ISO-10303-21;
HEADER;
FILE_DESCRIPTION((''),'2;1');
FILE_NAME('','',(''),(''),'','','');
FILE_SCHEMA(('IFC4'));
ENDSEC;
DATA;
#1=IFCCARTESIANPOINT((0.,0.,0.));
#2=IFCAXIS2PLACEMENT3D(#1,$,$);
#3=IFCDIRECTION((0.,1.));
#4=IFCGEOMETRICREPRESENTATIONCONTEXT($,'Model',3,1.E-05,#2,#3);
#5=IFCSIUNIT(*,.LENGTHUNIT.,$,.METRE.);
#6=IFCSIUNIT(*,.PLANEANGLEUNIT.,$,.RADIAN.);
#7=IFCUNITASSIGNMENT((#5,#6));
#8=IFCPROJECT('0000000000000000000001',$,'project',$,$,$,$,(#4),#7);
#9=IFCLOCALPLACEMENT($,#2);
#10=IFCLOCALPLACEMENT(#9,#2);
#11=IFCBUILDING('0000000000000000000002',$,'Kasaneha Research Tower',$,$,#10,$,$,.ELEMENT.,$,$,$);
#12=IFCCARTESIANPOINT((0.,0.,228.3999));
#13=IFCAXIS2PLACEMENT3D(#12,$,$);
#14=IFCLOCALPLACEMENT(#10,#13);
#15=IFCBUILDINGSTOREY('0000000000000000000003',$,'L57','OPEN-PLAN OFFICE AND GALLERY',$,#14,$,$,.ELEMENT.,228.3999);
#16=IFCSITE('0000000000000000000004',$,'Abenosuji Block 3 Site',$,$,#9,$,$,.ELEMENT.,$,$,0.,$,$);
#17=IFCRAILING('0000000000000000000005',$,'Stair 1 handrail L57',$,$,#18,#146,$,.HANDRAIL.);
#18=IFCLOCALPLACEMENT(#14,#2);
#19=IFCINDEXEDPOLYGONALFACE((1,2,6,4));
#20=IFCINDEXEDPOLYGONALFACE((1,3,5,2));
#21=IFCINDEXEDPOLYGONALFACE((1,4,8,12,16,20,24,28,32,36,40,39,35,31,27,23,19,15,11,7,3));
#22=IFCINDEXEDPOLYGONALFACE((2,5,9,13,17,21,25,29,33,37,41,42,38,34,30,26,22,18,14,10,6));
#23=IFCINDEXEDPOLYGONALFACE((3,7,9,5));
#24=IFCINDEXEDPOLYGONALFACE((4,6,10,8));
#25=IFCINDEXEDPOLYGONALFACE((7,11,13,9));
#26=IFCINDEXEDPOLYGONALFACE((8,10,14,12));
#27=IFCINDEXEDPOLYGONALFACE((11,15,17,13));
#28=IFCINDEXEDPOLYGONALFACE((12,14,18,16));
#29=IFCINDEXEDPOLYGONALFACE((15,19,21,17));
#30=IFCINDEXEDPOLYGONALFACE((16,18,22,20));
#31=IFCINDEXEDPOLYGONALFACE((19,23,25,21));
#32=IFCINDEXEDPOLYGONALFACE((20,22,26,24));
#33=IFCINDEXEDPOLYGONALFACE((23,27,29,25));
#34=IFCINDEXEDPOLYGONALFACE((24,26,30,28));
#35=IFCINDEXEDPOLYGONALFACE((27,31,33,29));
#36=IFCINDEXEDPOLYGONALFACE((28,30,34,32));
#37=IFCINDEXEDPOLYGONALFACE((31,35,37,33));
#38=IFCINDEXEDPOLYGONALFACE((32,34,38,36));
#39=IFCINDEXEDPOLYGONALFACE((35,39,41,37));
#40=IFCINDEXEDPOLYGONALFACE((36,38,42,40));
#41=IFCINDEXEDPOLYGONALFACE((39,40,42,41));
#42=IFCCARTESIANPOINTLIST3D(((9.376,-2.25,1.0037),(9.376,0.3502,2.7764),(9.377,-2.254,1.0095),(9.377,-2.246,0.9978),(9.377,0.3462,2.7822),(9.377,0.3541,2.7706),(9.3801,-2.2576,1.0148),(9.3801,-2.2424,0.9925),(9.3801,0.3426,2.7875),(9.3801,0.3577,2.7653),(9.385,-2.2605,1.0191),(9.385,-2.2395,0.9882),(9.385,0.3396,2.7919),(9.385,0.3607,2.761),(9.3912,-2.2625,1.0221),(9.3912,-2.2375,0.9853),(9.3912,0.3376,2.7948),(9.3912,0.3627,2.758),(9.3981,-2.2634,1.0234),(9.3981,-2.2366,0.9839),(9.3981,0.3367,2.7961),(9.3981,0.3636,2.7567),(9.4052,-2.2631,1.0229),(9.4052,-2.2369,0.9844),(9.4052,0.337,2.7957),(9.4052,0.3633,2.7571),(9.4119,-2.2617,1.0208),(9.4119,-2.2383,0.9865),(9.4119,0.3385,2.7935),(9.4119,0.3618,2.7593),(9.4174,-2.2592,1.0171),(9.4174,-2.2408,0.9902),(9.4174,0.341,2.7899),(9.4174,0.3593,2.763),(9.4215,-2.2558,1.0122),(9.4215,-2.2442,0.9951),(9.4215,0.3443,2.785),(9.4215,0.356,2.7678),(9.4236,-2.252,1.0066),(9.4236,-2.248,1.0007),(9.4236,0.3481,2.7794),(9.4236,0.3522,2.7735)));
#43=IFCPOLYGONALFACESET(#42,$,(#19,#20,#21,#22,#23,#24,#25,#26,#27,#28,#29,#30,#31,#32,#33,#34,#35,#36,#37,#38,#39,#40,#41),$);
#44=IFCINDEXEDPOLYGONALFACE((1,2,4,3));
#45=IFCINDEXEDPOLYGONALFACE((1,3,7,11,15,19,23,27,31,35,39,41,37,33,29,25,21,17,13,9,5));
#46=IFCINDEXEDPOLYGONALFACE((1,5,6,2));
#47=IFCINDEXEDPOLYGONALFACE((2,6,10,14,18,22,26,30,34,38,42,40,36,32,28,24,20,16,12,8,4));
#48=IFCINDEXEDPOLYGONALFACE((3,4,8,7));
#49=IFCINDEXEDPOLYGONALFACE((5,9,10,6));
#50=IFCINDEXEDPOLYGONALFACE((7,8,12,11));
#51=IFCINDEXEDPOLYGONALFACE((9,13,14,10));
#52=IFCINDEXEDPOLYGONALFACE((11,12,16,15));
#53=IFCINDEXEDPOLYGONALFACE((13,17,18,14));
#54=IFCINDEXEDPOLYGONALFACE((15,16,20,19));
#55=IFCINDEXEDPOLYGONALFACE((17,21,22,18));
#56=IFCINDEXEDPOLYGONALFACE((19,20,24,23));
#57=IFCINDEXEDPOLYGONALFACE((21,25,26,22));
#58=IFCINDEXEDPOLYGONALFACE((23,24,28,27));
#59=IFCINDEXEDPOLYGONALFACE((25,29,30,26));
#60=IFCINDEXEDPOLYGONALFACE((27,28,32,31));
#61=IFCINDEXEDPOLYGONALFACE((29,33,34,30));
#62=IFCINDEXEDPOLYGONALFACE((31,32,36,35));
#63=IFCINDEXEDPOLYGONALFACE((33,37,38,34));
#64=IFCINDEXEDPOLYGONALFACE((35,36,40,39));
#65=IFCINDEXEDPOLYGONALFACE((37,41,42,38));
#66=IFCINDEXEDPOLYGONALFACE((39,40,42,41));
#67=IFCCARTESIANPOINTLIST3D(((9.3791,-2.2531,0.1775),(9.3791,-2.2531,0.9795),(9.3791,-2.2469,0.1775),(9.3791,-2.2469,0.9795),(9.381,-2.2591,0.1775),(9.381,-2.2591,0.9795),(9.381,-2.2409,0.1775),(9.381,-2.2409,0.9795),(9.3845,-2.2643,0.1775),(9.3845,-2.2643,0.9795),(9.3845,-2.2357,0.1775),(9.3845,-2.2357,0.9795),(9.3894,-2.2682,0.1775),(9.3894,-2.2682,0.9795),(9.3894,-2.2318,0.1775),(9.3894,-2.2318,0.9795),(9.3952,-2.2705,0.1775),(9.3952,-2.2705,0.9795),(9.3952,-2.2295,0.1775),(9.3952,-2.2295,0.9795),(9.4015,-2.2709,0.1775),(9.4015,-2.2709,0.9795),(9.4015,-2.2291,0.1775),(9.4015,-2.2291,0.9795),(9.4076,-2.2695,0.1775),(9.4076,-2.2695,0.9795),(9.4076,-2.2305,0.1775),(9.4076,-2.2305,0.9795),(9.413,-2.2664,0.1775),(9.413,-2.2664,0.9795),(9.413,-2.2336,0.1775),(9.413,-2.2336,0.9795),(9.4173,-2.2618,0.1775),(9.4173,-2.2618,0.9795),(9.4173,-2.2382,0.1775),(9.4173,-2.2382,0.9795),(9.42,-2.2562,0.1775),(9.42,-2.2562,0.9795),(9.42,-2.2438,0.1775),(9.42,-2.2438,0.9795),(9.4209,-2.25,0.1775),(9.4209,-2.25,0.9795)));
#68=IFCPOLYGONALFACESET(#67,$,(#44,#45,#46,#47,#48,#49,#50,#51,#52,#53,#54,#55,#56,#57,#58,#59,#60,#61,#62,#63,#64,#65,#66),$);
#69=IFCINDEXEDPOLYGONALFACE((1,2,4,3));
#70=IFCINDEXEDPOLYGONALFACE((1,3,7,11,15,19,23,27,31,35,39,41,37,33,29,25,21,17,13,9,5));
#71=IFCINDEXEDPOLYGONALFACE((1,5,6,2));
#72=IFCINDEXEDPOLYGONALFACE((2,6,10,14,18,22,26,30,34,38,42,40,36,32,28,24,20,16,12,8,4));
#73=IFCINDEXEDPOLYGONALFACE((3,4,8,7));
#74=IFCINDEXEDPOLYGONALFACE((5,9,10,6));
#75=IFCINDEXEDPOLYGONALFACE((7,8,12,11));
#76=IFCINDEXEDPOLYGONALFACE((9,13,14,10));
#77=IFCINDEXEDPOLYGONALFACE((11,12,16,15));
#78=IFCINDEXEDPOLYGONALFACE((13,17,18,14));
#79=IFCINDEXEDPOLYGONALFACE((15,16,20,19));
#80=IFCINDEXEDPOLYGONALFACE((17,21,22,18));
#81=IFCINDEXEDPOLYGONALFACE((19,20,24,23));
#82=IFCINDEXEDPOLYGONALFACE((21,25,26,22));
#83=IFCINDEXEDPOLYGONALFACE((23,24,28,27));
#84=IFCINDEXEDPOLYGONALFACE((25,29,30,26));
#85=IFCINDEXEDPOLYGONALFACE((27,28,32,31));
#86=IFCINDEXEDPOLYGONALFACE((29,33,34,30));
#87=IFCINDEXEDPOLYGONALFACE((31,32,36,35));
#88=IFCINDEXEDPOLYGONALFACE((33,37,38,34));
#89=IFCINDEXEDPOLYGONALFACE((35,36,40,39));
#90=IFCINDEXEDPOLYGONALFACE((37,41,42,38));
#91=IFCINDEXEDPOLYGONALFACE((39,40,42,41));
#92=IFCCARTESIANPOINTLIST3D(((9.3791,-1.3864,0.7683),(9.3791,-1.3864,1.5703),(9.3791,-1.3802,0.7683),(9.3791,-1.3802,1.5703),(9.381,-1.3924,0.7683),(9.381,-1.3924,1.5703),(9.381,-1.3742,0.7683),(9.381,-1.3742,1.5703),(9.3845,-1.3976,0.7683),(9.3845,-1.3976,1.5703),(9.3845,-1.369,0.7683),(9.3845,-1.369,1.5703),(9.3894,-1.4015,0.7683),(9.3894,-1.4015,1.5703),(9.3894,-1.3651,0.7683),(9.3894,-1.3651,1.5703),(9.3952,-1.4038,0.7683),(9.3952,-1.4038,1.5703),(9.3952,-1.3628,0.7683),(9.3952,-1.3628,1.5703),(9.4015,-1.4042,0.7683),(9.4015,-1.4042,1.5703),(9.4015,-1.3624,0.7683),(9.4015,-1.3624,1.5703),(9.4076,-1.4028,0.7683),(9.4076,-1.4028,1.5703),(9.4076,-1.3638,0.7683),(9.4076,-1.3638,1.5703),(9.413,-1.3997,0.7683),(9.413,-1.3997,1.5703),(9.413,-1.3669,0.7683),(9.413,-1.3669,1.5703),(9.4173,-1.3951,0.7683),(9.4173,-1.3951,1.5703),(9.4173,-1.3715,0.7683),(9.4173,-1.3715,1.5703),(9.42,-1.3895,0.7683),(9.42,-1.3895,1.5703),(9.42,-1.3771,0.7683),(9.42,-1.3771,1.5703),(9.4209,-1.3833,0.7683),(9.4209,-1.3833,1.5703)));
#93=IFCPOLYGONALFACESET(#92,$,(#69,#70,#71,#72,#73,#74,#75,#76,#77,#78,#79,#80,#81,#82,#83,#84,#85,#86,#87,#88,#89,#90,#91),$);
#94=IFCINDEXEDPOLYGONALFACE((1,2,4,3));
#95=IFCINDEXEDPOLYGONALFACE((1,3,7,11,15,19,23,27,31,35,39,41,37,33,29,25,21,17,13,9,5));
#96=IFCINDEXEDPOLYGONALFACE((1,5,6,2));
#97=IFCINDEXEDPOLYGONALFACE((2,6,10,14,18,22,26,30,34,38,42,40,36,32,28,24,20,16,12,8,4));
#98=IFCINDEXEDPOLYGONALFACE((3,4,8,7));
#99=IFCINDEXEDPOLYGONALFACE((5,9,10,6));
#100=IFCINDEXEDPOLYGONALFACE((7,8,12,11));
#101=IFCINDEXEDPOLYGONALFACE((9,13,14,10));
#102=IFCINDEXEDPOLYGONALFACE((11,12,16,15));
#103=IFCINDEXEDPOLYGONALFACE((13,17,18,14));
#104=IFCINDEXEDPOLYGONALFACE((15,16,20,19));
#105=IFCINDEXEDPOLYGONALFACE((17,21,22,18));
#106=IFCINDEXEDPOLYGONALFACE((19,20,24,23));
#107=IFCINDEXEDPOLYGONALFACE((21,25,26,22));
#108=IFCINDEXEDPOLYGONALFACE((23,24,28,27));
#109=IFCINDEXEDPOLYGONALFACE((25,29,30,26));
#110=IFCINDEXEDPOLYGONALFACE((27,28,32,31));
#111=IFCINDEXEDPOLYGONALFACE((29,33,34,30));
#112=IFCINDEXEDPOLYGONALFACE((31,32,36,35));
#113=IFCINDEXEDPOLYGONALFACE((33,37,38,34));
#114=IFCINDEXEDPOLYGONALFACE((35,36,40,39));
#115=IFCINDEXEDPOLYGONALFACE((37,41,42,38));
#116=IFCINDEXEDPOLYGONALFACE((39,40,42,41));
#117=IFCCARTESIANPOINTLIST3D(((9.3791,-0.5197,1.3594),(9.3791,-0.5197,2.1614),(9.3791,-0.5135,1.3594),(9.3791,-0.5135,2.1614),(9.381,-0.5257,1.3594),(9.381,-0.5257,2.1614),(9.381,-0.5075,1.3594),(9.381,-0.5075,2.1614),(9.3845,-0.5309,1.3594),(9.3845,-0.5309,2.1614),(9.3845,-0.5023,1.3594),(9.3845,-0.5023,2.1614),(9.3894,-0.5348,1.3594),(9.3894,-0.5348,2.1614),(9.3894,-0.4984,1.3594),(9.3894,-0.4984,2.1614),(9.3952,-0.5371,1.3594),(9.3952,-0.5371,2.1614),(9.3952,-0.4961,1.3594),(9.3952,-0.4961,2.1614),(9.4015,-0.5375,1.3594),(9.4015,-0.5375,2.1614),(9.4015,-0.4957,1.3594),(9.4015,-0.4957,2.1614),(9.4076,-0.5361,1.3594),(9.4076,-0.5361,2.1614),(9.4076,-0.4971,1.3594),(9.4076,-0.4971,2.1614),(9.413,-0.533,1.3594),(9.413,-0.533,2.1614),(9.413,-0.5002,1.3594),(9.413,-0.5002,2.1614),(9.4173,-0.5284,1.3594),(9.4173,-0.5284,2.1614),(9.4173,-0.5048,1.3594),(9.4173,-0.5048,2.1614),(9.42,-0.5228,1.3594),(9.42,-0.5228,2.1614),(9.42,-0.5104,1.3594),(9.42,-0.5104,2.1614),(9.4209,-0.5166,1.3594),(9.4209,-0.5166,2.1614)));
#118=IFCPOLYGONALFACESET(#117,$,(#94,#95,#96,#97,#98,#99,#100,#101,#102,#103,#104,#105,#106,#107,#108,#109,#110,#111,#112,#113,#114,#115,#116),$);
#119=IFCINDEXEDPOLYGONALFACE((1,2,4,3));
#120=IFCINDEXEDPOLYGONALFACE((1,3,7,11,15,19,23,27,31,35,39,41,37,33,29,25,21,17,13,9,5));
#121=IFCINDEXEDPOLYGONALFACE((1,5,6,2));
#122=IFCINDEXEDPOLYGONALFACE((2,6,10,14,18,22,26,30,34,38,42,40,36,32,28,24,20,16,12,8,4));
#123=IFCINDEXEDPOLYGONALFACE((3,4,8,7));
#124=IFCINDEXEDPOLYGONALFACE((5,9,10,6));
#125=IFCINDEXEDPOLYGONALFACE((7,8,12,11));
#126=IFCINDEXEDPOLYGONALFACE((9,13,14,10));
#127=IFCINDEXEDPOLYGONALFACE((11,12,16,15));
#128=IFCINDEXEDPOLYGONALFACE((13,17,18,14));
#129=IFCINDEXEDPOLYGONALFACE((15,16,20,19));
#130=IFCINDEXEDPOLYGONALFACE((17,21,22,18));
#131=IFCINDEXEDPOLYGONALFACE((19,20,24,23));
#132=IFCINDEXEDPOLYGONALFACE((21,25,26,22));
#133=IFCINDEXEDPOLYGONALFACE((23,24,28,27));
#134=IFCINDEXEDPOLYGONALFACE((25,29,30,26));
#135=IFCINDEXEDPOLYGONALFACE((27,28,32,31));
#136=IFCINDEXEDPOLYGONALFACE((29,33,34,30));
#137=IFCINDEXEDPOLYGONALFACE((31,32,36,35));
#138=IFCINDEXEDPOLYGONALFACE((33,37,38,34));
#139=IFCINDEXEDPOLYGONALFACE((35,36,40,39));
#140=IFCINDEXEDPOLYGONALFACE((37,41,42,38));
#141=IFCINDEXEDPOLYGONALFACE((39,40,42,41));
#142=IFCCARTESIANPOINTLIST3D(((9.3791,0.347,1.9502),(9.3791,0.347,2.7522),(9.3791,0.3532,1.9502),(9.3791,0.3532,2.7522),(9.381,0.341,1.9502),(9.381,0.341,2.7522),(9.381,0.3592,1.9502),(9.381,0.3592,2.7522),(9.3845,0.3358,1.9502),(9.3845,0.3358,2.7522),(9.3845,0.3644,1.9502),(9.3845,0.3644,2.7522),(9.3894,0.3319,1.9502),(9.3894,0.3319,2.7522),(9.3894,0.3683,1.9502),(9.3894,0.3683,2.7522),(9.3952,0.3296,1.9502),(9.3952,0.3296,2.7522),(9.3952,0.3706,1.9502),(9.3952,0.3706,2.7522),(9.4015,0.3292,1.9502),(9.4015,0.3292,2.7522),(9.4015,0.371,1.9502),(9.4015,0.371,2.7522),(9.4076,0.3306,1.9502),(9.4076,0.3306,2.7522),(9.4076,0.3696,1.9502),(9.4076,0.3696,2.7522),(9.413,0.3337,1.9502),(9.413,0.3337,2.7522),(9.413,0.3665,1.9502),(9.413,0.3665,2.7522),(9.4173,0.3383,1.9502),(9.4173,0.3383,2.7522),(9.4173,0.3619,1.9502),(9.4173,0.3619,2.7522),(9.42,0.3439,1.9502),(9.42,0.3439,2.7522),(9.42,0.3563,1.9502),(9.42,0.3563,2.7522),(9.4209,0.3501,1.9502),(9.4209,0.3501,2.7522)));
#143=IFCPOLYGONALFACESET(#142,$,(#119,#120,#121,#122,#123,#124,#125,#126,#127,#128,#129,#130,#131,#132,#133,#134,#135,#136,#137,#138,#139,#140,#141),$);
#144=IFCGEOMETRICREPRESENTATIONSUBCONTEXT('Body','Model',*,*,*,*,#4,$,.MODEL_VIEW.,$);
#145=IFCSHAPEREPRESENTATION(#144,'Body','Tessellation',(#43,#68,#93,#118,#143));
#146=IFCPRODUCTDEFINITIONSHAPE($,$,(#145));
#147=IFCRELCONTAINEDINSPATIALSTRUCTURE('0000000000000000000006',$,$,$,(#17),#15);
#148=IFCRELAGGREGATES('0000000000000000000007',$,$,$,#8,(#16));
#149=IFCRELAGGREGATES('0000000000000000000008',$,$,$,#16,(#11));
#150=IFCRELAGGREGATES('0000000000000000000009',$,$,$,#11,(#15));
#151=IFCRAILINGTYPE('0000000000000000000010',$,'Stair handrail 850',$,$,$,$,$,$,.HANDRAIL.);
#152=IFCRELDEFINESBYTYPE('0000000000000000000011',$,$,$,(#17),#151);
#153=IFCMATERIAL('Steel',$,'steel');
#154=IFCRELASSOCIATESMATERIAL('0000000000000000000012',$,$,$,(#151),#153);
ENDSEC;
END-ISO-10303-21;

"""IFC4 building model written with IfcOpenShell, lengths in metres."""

from ifc_helpers import new_model, si_unit, direction, frame, origin, origin_2d, place, context, subcontext, project, spatial, circle, extrude, material, type_object, element, save


model = new_model("IFC4")

# Units and contexts
model_context = context("Model", 3, precision=1e-05, world=origin(), true_north=direction((0.0, 1.0)))
body_context = subcontext(model_context, "Body", "Model", "MODEL_VIEW")
ifc_project = project(units=[si_unit("LENGTHUNIT", "METRE"), si_unit("PLANEANGLEUNIT", "RADIAN")], contexts=[model_context])

# Site, building, storey
site_placement = place(None, origin())
site = spatial("IfcSite", under=ifc_project, at=site_placement, Name="Abenosuji Block 3 Site", CompositionType="ELEMENT", RefElevation=0.0)
building_placement = place(site_placement, origin())
building = spatial("IfcBuilding", under=site, at=building_placement, Name="Kasaneha Research Tower", CompositionType="ELEMENT")
storey_placement = place(building_placement, frame((0.0, 0.0, 228.3999)))
storey = spatial("IfcBuildingStorey", under=building, at=storey_placement, Name="L57", Description="OPEN-PLAN OFFICE AND GALLERY", CompositionType="ELEMENT", Elevation=228.3999)

# Railing
ifc_material_1 = material(Name="Steel", Category="steel")
railing_type_1 = type_object("IfcRailingType", Name="Stair handrail 850", PredefinedType="HANDRAIL", material=ifc_material_1)
railing_1_placement = place(storey_placement, frame((9.3999, -2.25, 0.1775)))
element("IfcRailing", 1, at=railing_1_placement, inside=storey, type_object=railing_type_1, Name="Stair 1 handrail L57", PredefinedType="HANDRAIL", context=body_context, shape_type="SweptSolid", body=[
    extrude(circle(Radius=0.0239, at=origin_2d()), frame((0.0, 0.0, 0.8262), z_axis=(0.0, 0.82624, 0.563318), x_axis=(-1.0, 0.0, 0.0)), (0.0, 0.0, 1.0), 3.147),
    extrude(circle(Radius=0.021, at=origin_2d()), origin(), (0.0, 0.0, 1.0), 0.802),
    extrude(circle(Radius=0.021, at=origin_2d()), frame((0.0, 0.8667, 0.5908)), (0.0, 0.0, 1.0), 0.802),
    extrude(circle(Radius=0.021, at=origin_2d()), frame((0.0, 1.7334, 1.1819)), (0.0, 0.0, 1.0), 0.802),
    extrude(circle(Radius=0.021, at=origin_2d()), frame((0.0, 2.6001, 1.7727)), (0.0, 0.0, 1.0), 0.802),
])

save(model, "model.ifc")
